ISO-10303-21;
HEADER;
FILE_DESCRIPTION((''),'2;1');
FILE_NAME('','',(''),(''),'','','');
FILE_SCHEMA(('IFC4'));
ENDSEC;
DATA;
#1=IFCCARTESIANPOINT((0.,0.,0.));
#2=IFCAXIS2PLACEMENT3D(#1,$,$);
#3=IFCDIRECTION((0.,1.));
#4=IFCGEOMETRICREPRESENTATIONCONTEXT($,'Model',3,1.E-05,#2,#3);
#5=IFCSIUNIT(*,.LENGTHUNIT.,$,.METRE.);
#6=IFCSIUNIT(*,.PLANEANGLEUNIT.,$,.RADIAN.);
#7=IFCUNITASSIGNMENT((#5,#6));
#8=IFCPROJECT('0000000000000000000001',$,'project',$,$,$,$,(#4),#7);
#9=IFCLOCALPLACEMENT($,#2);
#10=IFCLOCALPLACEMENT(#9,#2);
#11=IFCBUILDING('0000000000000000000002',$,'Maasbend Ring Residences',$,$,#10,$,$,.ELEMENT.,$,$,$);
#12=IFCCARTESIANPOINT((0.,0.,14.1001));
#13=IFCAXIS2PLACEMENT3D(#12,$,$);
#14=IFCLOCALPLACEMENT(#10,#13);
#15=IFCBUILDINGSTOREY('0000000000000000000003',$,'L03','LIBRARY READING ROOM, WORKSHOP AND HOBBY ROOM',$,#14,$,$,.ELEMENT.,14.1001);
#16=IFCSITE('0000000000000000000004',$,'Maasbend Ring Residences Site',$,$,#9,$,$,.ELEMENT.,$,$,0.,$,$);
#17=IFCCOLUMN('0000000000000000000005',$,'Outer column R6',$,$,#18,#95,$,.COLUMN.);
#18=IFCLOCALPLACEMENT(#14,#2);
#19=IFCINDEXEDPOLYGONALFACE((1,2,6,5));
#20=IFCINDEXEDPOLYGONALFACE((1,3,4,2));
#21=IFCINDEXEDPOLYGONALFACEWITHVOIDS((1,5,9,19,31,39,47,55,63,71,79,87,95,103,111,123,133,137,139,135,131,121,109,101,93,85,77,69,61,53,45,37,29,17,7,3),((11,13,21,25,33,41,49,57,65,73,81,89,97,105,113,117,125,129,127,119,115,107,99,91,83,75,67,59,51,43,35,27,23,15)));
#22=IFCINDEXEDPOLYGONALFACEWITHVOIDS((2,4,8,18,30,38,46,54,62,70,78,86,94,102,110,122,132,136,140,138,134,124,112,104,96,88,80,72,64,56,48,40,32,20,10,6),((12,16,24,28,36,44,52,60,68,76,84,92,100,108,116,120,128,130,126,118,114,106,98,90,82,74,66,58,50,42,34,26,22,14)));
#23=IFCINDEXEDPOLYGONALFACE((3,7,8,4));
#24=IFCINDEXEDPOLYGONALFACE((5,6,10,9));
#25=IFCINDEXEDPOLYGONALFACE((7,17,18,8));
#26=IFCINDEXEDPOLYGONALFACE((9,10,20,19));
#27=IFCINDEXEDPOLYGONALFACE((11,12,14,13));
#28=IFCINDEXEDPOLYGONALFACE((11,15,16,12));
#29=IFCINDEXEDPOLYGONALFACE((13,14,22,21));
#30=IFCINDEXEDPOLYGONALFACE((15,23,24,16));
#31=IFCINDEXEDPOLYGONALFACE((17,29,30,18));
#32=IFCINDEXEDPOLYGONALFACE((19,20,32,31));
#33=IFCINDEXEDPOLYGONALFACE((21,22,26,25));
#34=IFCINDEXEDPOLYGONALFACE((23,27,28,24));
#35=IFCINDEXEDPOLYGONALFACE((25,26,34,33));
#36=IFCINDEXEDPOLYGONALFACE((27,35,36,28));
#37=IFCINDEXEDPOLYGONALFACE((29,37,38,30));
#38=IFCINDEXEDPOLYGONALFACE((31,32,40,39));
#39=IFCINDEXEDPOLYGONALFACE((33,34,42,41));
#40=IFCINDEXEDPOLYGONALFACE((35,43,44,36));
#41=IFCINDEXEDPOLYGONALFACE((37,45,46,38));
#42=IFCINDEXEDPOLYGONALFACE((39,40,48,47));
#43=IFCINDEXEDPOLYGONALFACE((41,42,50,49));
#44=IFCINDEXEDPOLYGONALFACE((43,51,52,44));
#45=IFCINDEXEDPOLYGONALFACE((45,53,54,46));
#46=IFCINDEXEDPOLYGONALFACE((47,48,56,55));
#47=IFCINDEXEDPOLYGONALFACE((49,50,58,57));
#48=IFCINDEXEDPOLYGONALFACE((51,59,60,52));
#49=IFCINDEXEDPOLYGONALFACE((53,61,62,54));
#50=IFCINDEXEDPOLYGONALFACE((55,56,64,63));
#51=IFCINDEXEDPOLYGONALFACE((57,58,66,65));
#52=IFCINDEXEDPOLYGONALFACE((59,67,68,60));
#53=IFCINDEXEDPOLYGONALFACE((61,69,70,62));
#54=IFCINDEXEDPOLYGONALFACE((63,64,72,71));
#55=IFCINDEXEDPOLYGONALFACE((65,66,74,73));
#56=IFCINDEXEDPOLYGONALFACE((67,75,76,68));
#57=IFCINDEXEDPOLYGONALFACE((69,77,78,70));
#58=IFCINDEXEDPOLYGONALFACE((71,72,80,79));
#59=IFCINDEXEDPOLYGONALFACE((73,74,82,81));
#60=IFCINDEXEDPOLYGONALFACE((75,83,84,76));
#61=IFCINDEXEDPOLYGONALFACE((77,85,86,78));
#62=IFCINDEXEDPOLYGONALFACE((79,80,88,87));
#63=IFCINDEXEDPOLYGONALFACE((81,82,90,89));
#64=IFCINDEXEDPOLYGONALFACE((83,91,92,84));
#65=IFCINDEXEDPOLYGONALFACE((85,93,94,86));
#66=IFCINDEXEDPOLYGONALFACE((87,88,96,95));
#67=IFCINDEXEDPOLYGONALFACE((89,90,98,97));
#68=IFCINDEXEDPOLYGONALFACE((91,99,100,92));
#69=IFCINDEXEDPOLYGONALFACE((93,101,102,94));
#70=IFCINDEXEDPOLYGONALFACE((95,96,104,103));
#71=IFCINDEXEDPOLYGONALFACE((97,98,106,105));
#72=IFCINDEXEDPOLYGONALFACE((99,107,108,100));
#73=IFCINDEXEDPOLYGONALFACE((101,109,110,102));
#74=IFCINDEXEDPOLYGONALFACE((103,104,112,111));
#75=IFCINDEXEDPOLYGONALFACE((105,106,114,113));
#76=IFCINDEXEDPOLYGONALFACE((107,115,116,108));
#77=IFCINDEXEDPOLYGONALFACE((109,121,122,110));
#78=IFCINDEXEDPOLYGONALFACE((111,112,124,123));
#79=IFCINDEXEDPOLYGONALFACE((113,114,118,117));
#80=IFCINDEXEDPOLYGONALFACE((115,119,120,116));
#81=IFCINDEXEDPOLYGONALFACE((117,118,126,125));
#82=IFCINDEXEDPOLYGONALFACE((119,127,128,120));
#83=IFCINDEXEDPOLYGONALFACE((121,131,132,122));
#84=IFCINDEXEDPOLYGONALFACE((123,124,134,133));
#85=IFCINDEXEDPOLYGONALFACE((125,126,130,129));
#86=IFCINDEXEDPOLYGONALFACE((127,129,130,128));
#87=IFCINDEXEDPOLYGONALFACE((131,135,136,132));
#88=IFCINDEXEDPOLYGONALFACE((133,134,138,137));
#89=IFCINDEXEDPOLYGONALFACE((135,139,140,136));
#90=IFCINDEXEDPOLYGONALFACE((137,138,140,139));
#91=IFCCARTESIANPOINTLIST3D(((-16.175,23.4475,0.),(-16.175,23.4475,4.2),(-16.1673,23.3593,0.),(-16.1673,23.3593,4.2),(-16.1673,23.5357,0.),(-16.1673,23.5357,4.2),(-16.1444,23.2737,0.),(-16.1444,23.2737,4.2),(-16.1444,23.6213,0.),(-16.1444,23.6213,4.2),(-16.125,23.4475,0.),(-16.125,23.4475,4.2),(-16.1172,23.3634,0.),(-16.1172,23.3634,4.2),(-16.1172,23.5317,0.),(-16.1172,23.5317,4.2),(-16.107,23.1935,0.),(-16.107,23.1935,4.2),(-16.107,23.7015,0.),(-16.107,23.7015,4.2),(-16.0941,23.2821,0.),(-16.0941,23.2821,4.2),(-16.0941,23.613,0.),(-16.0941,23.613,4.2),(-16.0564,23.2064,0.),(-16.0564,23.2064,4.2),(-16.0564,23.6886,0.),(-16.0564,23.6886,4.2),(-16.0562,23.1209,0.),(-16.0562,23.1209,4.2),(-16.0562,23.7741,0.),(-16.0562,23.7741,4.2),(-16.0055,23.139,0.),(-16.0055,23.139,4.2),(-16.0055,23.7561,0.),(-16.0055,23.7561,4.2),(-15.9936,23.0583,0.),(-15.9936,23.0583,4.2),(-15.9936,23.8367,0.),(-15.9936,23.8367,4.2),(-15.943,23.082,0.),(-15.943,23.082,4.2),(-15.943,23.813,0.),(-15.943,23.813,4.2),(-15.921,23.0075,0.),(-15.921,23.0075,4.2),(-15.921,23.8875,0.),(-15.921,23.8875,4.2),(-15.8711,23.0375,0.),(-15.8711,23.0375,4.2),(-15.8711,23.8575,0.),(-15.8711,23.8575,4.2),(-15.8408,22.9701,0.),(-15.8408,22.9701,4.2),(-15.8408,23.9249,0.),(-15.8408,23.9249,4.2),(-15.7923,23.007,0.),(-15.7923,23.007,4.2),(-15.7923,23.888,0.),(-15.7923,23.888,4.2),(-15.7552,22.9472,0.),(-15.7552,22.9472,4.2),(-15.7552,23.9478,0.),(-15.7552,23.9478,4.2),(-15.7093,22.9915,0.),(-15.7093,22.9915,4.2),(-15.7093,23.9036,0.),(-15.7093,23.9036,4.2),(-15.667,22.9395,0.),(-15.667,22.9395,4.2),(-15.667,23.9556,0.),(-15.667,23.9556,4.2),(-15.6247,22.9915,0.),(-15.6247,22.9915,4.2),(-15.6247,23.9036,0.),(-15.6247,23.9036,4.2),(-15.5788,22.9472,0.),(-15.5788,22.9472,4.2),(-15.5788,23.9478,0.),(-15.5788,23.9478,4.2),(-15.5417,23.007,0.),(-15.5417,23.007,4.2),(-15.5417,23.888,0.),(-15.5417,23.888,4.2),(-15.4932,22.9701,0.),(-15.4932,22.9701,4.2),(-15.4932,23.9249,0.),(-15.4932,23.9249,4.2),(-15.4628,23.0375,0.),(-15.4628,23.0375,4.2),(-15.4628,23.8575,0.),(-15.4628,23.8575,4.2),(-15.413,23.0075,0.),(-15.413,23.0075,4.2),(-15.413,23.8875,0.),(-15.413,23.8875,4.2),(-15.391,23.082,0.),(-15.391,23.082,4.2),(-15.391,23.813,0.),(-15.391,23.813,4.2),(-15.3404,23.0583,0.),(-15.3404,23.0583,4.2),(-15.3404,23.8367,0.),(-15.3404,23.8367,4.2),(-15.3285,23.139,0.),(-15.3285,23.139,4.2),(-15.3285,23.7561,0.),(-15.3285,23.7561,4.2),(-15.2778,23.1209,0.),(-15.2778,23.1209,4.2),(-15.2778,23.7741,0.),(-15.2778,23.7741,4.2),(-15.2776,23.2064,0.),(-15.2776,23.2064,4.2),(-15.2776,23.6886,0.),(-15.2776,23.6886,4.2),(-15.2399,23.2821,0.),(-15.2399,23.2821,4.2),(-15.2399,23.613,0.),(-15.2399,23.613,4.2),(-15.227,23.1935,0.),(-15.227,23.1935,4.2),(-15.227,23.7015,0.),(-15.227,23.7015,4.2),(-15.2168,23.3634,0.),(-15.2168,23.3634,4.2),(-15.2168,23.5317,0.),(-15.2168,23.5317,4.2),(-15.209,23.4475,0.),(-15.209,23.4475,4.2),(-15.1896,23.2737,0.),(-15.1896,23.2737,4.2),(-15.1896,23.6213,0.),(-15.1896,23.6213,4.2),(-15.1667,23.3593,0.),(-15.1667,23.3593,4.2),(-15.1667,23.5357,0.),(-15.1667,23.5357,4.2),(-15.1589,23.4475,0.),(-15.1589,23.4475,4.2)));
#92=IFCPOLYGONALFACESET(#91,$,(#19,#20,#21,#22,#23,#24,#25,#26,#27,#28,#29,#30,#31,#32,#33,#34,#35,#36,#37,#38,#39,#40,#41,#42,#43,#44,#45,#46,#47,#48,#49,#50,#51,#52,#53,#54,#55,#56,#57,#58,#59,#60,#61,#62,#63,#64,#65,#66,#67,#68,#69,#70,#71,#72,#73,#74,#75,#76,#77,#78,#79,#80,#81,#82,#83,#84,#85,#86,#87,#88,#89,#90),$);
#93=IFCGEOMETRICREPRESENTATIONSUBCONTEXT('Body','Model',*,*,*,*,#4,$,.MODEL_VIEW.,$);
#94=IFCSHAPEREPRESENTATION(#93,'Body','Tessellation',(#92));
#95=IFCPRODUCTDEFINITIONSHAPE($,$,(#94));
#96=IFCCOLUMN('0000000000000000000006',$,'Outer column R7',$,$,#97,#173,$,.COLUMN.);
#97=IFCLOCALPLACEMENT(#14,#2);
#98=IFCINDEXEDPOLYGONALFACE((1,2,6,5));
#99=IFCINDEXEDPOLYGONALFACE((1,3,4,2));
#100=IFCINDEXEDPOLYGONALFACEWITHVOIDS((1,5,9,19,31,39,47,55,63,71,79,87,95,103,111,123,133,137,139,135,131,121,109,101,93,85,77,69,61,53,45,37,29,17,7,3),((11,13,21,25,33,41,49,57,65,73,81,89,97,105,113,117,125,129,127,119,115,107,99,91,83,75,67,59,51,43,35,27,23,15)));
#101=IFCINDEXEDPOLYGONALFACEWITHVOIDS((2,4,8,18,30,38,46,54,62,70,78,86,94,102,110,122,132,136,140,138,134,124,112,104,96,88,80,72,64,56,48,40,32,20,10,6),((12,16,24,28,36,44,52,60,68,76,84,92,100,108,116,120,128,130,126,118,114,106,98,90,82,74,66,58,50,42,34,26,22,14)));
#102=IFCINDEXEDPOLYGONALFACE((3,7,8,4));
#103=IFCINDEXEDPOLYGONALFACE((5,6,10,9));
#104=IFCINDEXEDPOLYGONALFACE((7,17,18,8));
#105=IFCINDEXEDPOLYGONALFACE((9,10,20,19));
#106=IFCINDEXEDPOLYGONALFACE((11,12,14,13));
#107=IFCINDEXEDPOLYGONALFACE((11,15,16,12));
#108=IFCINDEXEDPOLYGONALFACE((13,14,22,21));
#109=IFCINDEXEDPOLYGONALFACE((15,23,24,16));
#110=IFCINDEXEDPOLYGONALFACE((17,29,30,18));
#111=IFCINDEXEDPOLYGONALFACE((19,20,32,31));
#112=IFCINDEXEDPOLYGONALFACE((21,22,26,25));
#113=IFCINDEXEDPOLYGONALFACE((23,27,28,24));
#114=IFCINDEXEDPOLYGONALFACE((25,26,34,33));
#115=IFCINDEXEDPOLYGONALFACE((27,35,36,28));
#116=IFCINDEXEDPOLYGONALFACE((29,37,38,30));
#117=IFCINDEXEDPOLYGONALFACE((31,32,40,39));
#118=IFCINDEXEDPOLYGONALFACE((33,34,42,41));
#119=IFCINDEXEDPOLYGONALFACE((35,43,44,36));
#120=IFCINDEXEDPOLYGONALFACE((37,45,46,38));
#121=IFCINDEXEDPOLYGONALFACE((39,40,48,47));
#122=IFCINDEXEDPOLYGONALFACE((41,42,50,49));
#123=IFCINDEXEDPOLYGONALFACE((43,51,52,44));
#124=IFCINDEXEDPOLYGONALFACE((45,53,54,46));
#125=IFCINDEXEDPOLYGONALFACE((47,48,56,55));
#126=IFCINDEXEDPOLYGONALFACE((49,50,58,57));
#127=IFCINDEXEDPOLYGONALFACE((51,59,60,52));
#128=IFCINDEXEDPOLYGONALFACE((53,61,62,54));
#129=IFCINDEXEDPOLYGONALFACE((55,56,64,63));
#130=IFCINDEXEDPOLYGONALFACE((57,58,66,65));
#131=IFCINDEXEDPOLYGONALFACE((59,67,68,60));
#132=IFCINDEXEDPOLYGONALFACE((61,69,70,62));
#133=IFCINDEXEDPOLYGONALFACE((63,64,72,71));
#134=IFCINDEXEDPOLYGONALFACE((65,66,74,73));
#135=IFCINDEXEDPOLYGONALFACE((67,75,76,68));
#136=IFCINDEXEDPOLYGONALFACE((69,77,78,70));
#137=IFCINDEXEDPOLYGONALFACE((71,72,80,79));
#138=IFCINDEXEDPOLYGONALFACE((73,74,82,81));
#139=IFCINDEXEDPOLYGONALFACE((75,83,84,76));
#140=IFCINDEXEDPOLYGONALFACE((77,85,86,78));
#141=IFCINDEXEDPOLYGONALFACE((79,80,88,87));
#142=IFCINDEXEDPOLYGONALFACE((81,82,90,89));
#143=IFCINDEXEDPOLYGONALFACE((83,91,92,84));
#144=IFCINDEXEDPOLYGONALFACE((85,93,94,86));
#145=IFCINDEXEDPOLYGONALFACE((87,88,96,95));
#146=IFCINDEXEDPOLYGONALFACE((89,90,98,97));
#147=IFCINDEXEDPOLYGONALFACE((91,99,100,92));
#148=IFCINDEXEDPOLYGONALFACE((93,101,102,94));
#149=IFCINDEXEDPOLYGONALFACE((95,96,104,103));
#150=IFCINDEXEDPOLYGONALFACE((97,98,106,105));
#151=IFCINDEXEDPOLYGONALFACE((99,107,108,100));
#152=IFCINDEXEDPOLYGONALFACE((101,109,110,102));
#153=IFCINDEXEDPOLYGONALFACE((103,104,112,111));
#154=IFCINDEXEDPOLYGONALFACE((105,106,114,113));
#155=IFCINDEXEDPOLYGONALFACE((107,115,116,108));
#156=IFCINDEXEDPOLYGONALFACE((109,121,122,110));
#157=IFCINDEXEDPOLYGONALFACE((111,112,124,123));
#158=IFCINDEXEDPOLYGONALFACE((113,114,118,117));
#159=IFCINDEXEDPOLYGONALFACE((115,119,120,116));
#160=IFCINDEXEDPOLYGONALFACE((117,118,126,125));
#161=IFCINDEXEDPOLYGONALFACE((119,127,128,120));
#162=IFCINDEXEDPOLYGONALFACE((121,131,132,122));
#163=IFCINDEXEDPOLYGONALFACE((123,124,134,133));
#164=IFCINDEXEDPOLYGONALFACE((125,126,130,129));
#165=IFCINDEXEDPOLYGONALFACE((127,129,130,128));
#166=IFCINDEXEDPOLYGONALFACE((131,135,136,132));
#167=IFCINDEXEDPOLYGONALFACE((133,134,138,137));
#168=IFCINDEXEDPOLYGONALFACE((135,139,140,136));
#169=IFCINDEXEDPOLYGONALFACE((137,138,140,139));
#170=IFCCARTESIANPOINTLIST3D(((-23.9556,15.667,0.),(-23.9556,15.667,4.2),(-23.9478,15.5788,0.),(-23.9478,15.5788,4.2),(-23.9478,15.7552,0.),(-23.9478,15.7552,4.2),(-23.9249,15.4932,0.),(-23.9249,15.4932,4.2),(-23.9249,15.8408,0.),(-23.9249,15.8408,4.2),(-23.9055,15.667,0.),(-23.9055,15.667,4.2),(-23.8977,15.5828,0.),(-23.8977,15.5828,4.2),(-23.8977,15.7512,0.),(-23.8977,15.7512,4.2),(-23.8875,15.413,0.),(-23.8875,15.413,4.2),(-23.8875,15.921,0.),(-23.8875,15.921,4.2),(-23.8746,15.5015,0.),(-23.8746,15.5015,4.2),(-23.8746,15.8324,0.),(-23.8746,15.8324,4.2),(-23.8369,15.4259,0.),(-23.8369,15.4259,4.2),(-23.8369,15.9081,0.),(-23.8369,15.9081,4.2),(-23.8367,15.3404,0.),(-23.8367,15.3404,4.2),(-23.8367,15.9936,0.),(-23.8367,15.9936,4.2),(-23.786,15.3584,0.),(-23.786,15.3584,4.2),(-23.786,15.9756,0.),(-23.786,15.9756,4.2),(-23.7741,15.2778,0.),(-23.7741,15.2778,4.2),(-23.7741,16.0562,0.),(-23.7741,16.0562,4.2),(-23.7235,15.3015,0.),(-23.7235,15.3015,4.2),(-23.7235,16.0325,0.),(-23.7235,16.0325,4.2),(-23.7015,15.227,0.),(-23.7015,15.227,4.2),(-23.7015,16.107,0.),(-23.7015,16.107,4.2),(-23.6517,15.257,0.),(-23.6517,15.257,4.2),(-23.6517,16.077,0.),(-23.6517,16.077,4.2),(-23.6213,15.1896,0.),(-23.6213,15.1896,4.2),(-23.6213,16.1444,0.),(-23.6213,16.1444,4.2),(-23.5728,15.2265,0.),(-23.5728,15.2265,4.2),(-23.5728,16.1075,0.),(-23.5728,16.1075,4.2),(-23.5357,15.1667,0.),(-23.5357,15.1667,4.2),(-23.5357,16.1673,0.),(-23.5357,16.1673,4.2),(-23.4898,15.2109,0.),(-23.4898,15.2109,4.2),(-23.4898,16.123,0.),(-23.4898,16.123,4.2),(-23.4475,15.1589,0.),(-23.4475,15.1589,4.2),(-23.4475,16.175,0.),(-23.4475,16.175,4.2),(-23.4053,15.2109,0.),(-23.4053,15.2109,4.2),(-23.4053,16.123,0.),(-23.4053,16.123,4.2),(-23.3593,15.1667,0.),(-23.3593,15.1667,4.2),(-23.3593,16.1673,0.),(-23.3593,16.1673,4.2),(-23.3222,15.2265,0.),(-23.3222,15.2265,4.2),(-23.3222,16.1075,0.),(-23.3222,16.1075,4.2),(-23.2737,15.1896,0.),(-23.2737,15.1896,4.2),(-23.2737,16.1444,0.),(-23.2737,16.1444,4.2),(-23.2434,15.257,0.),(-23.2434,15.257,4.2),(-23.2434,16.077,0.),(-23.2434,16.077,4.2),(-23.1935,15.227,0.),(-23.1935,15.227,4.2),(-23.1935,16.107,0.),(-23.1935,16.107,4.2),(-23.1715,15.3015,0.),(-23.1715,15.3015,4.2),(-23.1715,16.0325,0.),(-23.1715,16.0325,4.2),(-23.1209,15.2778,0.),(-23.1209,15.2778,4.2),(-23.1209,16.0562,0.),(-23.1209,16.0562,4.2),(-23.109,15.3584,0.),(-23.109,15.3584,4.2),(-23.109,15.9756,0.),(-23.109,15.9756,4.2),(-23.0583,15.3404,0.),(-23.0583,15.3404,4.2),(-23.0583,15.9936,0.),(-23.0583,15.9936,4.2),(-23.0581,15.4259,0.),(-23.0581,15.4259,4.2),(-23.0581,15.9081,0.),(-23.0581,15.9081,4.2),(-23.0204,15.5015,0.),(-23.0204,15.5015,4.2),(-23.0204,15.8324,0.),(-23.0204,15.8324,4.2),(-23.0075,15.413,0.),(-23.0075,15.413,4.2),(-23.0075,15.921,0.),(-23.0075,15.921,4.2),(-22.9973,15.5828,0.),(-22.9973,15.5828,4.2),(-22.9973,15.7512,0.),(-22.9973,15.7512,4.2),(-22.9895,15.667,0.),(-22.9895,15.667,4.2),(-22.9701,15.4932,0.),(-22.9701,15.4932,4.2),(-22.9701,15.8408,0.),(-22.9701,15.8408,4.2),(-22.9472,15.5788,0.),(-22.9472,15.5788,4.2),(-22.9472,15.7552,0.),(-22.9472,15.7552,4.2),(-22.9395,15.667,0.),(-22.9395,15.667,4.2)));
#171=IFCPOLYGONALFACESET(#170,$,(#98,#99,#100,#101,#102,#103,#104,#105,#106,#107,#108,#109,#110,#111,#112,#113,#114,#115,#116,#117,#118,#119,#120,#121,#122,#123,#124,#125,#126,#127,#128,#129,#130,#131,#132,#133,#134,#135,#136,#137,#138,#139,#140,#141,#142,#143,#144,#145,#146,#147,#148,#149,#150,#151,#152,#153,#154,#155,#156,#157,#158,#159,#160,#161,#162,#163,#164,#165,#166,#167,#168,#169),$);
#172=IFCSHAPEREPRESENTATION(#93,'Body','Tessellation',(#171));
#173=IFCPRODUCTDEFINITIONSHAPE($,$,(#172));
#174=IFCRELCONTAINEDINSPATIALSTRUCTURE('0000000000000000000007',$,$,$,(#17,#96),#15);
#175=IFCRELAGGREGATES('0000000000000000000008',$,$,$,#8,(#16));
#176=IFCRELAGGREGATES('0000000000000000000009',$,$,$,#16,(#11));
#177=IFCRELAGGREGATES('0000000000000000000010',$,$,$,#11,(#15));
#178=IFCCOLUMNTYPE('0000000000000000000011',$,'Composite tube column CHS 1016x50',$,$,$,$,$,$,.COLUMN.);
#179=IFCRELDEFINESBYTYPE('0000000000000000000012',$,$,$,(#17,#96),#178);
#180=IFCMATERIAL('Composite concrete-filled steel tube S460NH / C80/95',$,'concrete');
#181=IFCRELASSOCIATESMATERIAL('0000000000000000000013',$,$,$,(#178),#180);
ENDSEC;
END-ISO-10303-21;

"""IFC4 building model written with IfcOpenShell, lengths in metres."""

from ifc_helpers import new_model, si_unit, direction, frame, origin, origin_2d, place, context, subcontext, project, spatial, hollow_circle, extrude, material, material_profile, profile_set, type_object, element, save


model = new_model("IFC4")

# Units and contexts
model_context = context("Model", 3, precision=1e-05, world=origin(), true_north=direction((0.0, 1.0)))
body_context = subcontext(model_context, "Body", "Model", "MODEL_VIEW")
ifc_project = project(units=[si_unit("LENGTHUNIT", "METRE"), si_unit("PLANEANGLEUNIT", "RADIAN")], contexts=[model_context])

# Site, building, storey
site_placement = place(None, origin())
site = spatial("IfcSite", under=ifc_project, at=site_placement, Name="Maasbend Ring Residences Site", CompositionType="ELEMENT", RefElevation=0.0)
building_placement = place(site_placement, origin())
building = spatial("IfcBuilding", under=site, at=building_placement, Name="Maasbend Ring Residences", CompositionType="ELEMENT")
storey_placement = place(building_placement, frame((0.0, 0.0, 14.1001)))
storey = spatial("IfcBuildingStorey", under=building, at=storey_placement, Name="L03", Description="LIBRARY READING ROOM, WORKSHOP AND HOBBY ROOM", CompositionType="ELEMENT", Elevation=14.1001)

# Columns
ifc_material_1 = material(Name="Composite concrete-filled steel tube S460NH / C80/95", Category="concrete")
ifc_material_profile_1 = material_profile(ifc_material_1, hollow_circle(Radius=0.5081, WallThickness=0.05, at=origin_2d()), Name="Composite tube column CHS 1016x50")
ifc_profile_set_1 = profile_set([ifc_material_profile_1], Name="Composite concrete-filled steel tube S460NH / C80/95")
column_type = type_object("IfcColumnType", Name="Composite tube column CHS 1016x50", PredefinedType="COLUMN", material=ifc_profile_set_1)
for number, where, z_axis, x_axis, name in (
    (1, (-15.667, 23.4475, 0.0), (0.0, 0.0, 1.0), (1.0, 0.0, 0.0), "Outer column R6"),
    (2, (-23.4475, 15.667, 0.0), (0.0, 0.0, 1.0), (1.0, 0.0, 0.0), "Outer column R7"),
):
    element("IfcColumn", number, at=place(storey_placement, frame(where, z_axis=z_axis, x_axis=x_axis)), inside=storey, type_object=column_type, Name=name, PredefinedType="COLUMN", context=body_context, shape_type="SweptSolid", body=[
        extrude(hollow_circle(Radius=0.5081, WallThickness=0.05, at=origin_2d()), origin(), (0.0, 0.0, 1.0), 4.2),
    ])

save(model, "model.ifc")
